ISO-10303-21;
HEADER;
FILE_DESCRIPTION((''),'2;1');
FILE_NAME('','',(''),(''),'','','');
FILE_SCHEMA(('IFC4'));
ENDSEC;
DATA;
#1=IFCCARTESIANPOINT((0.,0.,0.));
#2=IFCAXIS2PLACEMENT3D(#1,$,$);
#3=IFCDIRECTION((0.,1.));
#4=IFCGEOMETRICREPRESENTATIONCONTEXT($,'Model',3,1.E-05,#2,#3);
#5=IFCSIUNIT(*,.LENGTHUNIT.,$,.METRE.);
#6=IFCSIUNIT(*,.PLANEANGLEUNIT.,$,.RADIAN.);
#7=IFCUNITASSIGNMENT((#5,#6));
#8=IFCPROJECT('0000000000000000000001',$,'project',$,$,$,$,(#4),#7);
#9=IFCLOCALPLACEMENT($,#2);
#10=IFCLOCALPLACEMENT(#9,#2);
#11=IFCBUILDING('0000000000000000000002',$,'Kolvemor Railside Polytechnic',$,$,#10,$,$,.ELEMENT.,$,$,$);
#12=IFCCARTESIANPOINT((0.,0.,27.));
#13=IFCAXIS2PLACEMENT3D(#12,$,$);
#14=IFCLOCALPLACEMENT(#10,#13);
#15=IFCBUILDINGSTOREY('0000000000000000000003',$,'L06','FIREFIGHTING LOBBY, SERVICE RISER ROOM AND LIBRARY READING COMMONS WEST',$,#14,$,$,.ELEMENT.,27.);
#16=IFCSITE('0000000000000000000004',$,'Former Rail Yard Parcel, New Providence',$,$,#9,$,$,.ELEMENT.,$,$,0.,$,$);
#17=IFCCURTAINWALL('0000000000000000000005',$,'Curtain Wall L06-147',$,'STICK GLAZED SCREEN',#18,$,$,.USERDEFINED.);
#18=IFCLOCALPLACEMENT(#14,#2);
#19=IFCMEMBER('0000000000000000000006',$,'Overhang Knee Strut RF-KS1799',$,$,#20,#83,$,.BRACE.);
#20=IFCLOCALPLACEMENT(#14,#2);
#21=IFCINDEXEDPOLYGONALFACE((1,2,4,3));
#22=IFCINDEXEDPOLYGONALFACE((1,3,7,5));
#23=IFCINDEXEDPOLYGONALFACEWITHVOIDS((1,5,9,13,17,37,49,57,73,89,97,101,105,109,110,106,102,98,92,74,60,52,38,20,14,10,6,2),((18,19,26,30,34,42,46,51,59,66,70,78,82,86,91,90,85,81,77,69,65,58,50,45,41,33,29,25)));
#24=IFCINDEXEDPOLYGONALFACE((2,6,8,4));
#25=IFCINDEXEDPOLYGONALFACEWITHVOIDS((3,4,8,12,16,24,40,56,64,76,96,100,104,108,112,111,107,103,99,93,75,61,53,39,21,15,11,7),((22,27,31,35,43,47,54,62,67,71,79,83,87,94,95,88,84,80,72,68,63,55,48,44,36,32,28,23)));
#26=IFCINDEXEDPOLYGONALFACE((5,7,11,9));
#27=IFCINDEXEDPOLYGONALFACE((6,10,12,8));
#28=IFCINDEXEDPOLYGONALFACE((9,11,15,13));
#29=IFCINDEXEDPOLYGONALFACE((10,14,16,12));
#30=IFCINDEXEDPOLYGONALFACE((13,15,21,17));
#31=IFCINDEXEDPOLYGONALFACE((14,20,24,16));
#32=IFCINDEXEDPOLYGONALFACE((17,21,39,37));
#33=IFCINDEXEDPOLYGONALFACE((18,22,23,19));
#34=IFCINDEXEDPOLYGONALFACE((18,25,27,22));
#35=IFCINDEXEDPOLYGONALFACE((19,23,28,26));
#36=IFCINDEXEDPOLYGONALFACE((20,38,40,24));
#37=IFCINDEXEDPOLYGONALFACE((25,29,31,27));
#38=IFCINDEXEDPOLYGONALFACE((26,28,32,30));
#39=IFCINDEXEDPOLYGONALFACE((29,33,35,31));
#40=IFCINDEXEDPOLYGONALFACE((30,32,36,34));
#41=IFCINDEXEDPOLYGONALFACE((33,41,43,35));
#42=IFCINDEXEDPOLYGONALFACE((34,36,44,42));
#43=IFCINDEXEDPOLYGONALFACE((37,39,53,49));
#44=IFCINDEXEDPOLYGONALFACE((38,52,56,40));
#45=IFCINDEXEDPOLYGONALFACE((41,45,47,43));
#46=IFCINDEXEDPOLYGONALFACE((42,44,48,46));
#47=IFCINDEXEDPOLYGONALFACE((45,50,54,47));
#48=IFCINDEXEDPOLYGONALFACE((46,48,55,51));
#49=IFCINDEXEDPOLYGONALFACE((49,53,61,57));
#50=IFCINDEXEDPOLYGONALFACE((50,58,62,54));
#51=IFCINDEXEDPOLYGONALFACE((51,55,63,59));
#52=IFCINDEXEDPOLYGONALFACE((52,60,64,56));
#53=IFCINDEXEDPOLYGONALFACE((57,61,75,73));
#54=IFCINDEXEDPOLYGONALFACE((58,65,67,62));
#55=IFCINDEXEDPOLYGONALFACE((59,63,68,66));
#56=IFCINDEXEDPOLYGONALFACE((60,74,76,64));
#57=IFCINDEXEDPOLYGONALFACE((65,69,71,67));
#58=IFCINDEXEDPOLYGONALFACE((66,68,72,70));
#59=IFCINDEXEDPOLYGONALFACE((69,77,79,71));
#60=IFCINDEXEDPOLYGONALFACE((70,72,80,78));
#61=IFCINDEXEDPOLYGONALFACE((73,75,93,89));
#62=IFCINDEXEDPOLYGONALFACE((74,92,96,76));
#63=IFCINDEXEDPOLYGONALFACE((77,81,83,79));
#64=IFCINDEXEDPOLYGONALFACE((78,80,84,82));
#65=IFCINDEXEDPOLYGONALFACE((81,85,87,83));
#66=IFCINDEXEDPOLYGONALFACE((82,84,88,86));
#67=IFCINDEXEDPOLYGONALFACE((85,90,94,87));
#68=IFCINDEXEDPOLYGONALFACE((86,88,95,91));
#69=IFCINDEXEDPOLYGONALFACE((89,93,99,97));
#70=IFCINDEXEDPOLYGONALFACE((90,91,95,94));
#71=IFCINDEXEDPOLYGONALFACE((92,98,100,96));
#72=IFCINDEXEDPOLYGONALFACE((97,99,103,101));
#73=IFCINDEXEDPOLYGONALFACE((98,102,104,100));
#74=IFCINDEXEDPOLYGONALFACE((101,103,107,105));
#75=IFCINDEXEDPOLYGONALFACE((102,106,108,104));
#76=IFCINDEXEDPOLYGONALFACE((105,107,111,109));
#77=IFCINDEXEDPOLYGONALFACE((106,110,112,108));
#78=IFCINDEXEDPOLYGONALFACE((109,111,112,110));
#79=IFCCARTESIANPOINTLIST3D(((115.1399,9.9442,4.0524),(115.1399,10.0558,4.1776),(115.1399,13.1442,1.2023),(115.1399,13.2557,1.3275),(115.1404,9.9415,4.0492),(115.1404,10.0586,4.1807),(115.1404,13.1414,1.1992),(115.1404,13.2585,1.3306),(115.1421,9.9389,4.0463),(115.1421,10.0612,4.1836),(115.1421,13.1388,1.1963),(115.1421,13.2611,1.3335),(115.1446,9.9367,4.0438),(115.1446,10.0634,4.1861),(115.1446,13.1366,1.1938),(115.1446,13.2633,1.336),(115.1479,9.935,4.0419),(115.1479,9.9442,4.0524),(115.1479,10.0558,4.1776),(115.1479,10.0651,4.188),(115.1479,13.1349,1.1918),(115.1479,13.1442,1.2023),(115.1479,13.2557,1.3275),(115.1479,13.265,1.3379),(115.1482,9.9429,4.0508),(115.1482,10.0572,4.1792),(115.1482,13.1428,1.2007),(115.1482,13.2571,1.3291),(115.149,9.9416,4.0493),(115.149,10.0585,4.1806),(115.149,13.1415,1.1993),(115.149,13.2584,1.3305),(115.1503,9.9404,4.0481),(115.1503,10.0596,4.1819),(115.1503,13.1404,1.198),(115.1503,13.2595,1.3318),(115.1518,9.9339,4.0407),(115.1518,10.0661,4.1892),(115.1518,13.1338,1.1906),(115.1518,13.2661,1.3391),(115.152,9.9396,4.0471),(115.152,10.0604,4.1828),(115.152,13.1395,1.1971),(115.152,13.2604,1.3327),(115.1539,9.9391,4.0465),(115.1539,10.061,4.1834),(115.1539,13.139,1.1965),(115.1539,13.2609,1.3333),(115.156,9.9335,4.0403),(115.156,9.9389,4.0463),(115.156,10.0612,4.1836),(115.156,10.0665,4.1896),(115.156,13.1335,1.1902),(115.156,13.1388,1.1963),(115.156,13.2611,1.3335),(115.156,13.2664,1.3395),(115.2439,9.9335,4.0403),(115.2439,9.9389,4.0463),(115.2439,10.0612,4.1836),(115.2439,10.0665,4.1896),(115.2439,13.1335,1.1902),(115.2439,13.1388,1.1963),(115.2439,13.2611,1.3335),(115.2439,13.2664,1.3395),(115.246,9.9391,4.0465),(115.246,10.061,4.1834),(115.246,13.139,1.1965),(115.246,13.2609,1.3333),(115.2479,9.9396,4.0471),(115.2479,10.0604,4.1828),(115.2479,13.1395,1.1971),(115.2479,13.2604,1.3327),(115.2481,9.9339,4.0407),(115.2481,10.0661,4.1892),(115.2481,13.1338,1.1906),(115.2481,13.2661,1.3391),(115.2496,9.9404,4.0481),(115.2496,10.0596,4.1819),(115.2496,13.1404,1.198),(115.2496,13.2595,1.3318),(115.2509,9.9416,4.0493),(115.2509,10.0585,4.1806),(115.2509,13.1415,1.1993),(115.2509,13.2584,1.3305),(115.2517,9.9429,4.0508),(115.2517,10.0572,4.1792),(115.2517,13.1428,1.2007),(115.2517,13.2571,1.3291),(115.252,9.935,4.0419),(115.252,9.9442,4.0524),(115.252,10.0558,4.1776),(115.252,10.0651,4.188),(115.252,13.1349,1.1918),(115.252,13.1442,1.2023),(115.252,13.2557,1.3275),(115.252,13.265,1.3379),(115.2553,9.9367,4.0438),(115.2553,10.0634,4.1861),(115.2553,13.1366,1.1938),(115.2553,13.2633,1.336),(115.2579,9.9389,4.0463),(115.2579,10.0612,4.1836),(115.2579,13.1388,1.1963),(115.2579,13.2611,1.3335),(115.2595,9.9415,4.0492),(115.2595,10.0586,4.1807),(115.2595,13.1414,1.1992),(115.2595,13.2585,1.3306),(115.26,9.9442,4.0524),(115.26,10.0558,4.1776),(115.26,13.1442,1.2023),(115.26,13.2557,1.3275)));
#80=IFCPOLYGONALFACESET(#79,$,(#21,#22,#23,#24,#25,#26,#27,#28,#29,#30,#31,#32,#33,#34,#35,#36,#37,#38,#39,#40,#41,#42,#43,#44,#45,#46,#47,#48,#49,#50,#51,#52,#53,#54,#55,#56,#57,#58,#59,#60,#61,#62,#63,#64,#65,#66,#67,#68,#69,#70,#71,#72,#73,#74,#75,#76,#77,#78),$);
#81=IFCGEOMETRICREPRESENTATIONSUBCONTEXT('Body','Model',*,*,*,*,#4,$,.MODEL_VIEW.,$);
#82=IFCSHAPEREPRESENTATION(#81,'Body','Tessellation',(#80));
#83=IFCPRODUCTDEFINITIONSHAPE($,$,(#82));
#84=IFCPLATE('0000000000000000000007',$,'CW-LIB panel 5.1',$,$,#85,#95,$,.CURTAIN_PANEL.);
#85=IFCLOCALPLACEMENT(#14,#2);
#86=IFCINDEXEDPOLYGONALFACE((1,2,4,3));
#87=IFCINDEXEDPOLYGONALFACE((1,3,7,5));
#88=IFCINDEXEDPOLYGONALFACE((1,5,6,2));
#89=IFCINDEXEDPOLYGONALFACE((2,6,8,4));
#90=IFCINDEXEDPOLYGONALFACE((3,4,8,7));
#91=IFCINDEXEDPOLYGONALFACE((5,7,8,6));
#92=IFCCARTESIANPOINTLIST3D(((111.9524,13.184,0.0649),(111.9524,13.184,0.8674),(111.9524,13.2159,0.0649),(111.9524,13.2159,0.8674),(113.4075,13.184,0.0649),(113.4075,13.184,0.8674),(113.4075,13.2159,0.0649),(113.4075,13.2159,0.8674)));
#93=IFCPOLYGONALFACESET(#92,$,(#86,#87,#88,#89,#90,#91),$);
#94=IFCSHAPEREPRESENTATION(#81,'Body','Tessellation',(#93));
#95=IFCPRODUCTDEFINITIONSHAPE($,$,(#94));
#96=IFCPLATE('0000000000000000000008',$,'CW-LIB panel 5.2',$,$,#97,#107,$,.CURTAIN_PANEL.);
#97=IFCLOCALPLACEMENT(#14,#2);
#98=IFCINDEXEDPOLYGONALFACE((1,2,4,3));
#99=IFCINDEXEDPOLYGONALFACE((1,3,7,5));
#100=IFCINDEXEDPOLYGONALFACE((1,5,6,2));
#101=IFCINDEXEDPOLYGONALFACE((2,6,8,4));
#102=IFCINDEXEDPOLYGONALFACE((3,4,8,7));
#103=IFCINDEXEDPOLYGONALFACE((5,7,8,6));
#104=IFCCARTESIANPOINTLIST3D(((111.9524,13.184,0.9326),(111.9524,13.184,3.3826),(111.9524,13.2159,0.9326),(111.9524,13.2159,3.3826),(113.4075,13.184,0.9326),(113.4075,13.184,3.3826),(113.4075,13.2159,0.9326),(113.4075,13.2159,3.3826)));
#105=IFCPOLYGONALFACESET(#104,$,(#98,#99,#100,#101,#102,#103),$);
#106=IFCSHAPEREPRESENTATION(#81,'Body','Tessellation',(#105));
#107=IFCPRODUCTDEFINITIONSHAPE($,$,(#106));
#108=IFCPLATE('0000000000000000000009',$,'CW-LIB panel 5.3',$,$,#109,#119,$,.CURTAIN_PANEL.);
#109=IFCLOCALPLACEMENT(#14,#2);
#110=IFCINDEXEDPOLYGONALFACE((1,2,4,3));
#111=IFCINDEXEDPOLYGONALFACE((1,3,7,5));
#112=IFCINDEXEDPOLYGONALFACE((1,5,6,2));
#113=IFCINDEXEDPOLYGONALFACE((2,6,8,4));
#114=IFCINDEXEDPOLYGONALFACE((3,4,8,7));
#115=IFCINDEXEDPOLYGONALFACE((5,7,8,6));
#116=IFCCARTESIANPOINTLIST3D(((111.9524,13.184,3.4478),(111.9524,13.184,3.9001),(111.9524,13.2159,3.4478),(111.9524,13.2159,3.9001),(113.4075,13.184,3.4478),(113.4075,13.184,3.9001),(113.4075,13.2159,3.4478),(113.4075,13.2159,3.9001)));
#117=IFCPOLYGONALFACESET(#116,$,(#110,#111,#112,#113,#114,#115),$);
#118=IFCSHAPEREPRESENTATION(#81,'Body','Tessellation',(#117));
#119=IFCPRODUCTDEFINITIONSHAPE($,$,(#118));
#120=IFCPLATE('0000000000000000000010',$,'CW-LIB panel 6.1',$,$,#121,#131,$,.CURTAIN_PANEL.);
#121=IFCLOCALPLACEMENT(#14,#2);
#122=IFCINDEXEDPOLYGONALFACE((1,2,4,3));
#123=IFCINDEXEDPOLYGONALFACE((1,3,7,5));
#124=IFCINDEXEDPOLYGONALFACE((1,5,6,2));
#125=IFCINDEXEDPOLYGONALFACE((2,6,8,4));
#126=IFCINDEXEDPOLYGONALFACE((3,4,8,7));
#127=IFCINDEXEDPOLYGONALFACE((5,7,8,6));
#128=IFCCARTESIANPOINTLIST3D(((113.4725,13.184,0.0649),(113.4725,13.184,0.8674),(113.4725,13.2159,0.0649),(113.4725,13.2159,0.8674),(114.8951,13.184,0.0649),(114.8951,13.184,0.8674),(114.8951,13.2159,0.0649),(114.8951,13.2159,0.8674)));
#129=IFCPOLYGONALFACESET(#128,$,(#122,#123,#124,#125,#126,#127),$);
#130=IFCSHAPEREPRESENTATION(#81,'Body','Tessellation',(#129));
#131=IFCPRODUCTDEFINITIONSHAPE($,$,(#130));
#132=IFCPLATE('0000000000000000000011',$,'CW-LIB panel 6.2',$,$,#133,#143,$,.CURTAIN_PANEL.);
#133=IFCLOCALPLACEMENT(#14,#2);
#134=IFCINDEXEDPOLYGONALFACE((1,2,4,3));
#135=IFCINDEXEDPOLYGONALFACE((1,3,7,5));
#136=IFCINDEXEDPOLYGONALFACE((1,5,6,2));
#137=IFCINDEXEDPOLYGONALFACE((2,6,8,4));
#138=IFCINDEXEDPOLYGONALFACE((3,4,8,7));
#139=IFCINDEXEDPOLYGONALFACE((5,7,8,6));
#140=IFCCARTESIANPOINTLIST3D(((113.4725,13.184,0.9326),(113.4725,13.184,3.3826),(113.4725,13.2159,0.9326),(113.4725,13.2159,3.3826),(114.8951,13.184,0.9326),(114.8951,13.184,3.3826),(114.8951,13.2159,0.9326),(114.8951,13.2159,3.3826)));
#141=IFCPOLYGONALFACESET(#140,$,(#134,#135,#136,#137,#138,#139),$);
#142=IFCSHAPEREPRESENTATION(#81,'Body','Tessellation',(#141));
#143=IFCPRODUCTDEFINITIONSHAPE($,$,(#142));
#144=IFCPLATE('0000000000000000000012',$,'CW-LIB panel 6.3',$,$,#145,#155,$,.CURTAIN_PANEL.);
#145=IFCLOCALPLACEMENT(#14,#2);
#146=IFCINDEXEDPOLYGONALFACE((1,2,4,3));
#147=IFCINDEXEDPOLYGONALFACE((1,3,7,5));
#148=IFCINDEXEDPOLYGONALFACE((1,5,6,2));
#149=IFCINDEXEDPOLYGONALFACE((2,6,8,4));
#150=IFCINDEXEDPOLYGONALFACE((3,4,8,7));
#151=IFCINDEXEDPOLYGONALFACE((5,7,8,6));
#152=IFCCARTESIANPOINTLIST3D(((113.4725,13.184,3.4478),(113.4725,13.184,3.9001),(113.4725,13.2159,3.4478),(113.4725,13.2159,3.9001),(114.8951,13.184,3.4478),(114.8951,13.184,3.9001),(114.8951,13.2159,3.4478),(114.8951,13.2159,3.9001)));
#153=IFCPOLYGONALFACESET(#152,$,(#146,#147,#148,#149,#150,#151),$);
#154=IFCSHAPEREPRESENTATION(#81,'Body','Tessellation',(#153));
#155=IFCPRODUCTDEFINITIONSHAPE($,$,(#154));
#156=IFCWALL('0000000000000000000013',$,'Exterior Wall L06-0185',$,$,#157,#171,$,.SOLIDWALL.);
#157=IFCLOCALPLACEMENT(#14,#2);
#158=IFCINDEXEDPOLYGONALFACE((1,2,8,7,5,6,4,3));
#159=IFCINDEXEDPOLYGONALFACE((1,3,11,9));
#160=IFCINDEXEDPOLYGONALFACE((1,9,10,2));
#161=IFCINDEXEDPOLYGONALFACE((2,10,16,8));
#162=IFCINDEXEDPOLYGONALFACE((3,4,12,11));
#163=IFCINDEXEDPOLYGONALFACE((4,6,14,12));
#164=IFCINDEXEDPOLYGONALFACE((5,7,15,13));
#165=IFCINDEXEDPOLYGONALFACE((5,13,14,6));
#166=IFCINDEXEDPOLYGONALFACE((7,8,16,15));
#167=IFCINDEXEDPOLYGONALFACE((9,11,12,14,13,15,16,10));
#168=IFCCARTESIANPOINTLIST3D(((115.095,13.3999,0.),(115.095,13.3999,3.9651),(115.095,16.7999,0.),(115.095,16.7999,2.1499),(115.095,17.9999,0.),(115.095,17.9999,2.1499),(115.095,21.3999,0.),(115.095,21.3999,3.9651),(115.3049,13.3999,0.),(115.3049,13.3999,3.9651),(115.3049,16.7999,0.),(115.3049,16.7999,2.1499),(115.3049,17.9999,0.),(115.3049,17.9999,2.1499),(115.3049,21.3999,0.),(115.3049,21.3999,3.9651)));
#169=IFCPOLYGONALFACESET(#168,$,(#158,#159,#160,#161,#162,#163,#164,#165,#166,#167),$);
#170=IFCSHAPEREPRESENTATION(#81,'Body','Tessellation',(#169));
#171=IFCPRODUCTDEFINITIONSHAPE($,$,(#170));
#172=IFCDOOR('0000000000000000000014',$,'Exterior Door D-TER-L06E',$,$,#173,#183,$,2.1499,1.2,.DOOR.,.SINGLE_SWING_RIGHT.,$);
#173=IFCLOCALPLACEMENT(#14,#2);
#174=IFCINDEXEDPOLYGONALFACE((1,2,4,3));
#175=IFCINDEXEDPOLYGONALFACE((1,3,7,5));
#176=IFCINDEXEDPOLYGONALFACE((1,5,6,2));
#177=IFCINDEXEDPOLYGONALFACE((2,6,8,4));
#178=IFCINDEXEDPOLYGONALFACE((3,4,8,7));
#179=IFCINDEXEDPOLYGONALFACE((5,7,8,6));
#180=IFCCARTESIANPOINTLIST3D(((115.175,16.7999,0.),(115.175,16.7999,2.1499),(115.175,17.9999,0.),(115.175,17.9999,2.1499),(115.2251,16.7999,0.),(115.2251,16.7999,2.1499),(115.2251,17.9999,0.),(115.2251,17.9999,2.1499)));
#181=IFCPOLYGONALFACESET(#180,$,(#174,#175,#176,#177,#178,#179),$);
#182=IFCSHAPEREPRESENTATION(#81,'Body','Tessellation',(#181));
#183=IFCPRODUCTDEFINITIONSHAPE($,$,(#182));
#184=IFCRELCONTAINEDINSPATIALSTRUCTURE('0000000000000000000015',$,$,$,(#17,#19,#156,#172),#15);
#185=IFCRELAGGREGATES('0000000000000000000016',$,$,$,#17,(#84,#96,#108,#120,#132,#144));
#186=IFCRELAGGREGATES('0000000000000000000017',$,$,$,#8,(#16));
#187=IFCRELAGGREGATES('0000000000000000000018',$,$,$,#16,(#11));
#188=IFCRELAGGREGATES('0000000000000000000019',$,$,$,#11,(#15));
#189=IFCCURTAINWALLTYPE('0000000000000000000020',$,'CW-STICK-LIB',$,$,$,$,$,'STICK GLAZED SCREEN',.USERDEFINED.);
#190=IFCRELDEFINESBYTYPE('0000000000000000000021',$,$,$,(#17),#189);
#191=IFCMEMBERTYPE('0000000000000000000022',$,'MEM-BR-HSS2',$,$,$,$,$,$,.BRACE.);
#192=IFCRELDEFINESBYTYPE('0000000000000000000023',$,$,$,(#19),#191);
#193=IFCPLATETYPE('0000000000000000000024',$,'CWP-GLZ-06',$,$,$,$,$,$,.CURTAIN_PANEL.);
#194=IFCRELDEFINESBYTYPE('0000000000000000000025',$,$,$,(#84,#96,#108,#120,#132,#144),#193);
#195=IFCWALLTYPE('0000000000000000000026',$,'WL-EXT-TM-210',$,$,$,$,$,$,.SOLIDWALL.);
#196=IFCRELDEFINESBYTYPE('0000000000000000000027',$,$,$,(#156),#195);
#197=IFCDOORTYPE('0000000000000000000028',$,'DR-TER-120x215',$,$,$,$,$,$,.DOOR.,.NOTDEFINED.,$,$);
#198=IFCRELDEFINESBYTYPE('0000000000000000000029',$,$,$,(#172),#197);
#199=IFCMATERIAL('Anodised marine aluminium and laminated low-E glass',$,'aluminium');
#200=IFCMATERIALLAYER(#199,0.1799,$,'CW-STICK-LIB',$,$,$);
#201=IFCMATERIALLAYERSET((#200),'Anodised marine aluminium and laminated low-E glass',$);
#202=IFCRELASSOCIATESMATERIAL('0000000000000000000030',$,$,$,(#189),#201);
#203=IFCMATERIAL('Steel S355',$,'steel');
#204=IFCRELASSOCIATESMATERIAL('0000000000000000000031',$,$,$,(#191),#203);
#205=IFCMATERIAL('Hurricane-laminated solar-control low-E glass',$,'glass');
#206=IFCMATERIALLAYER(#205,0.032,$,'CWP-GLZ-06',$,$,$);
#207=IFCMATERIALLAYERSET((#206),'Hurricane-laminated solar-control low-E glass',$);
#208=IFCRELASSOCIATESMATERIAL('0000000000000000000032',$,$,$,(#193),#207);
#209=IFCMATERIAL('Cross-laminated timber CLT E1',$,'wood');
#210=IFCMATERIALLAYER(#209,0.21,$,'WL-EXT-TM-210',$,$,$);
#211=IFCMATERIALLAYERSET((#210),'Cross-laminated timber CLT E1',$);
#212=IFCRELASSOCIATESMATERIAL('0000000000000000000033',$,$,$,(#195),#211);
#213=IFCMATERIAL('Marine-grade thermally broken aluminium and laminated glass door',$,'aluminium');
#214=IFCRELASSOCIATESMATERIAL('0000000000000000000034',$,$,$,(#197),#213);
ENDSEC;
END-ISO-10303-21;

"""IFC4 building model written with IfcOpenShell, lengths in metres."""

from ifc_helpers import new_model, si_unit, direction, frame, frame_2d, origin, origin_2d, place, context, subcontext, project, spatial, rectangle, hollow_rectangle, extrude, material, layer, layer_set, material_profile, profile_set, type_object, element, fill, aggregate, save


model = new_model("IFC4")

# Units and contexts
model_context = context("Model", 3, precision=1e-05, world=origin(), true_north=direction((0.0, 1.0)))
body_context = subcontext(model_context, "Body", "Model", "MODEL_VIEW")
ifc_project = project(units=[si_unit("LENGTHUNIT", "METRE"), si_unit("PLANEANGLEUNIT", "RADIAN")], contexts=[model_context])

# Site, building, storey
site_placement = place(None, origin())
site = spatial("IfcSite", under=ifc_project, at=site_placement, Name="Former Rail Yard Parcel, New Providence", CompositionType="ELEMENT", RefElevation=0.0)
building_placement = place(site_placement, origin())
building = spatial("IfcBuilding", under=site, at=building_placement, Name="Kolvemor Railside Polytechnic", CompositionType="ELEMENT")
storey_placement = place(building_placement, frame((0.0, 0.0, 27.0)))
storey = spatial("IfcBuildingStorey", under=building, at=storey_placement, Name="L06", Description="FIREFIGHTING LOBBY, SERVICE RISER ROOM AND LIBRARY READING COMMONS WEST", CompositionType="ELEMENT", Elevation=27.0)

# Curtain wall
ifc_material_1 = material(Name="Anodised marine aluminium and laminated low-E glass", Category="aluminium")
ifc_layer_1 = layer(ifc_material_1, 0.1799, Name="CW-STICK-LIB")
ifc_layer_set_1 = layer_set([ifc_layer_1], Name="Anodised marine aluminium and laminated low-E glass")
curtain_wall_type = type_object("IfcCurtainWallType", Name="CW-STICK-LIB", ElementType="STICK GLAZED SCREEN", PredefinedType="USERDEFINED", material=ifc_layer_set_1)
curtain_wall_1_placement = place(storey_placement, origin())
curtain_wall_1 = element("IfcCurtainWall", 1, at=curtain_wall_1_placement, inside=storey, type_object=curtain_wall_type, Name="Curtain Wall L06-147", ObjectType="STICK GLAZED SCREEN", PredefinedType="USERDEFINED")

# Member
ifc_material_2 = material(Name="Steel S355", Category="steel")
ifc_material_profile_1 = material_profile(ifc_material_2, hollow_rectangle(XDim=0.1201, YDim=0.2, WallThickness=0.0081, InnerFilletRadius=0.0081, OuterFilletRadius=0.0161, at=origin_2d()), Name="HSS200x120x8")
ifc_profile_set_1 = profile_set([ifc_material_profile_1], Name="Steel S355")
member_type_1 = type_object("IfcMemberType", Name="MEM-BR-HSS2", PredefinedType="BRACE", material=ifc_profile_set_1)
member_1_placement = place(storey_placement, frame((115.2, 13.2, 1.2649), z_axis=(0.0, -0.746749, 0.665106), x_axis=(1.0, 0.0, 0.0)))
element("IfcMember", 2, at=member_1_placement, inside=storey, type_object=member_type_1, Name="Overhang Knee Strut RF-KS1799", PredefinedType="BRACE", context=body_context, shape_type="SweptSolid", body=[
    extrude(hollow_rectangle(XDim=0.1201, YDim=0.2, WallThickness=0.0081, InnerFilletRadius=0.0081, OuterFilletRadius=0.0161, at=origin_2d()), origin(), (0.0, 0.0, 1.0), 4.2852),
])

# Plates
ifc_material_3 = material(Name="Hurricane-laminated solar-control low-E glass", Category="glass")
ifc_layer_2 = layer(ifc_material_3, 0.032, Name="CWP-GLZ-06")
ifc_layer_set_2 = layer_set([ifc_layer_2], Name="Hurricane-laminated solar-control low-E glass")
plate_type = type_object("IfcPlateType", Name="CWP-GLZ-06", PredefinedType="CURTAIN_PANEL", material=ifc_layer_set_2)
plate_1_placement = place(storey_placement, frame((112.6799, 13.2, 0.0649), z_axis=(0.0, 0.0, 1.0), x_axis=(1.0, 0.0, 0.0)))
plate_1 = element("IfcPlate", 3, at=plate_1_placement, type_object=plate_type, Name="CW-LIB panel 5.1", PredefinedType="CURTAIN_PANEL", context=body_context, shape_type="SweptSolid", body=[
    extrude(rectangle(XDim=1.4551, YDim=0.032, at=origin_2d()), origin(), (0.0, 0.0, 1.0), 0.8025),
])
plate_2_placement = place(storey_placement, frame((112.6799, 13.2, 0.9326), z_axis=(0.0, 0.0, 1.0), x_axis=(1.0, 0.0, 0.0)))
plate_2 = element("IfcPlate", 4, at=plate_2_placement, type_object=plate_type, Name="CW-LIB panel 5.2", PredefinedType="CURTAIN_PANEL", context=body_context, shape_type="SweptSolid", body=[
    extrude(rectangle(XDim=1.4551, YDim=0.032, at=origin_2d()), origin(), (0.0, 0.0, 1.0), 2.45),
])
plate_3_placement = place(storey_placement, frame((112.6799, 13.2, 3.4478), z_axis=(0.0, 0.0, 1.0), x_axis=(1.0, 0.0, 0.0)))
plate_3 = element("IfcPlate", 5, at=plate_3_placement, type_object=plate_type, Name="CW-LIB panel 5.3", PredefinedType="CURTAIN_PANEL", context=body_context, shape_type="SweptSolid", body=[
    extrude(rectangle(XDim=1.4551, YDim=0.032, at=origin_2d()), origin(), (0.0, 0.0, 1.0), 0.4524),
])
plate_4_placement = place(storey_placement, frame((114.1838, 13.2, 0.0649), z_axis=(0.0, 0.0, 1.0), x_axis=(1.0, 0.0, 0.0)))
plate_4 = element("IfcPlate", 6, at=plate_4_placement, type_object=plate_type, Name="CW-LIB panel 6.1", PredefinedType="CURTAIN_PANEL", context=body_context, shape_type="SweptSolid", body=[
    extrude(rectangle(XDim=1.4226, YDim=0.032, at=origin_2d()), origin(), (0.0, 0.0, 1.0), 0.8025),
])
plate_5_placement = place(storey_placement, frame((114.1838, 13.2, 0.9326), z_axis=(0.0, 0.0, 1.0), x_axis=(1.0, 0.0, 0.0)))
plate_5 = element("IfcPlate", 7, at=plate_5_placement, type_object=plate_type, Name="CW-LIB panel 6.2", PredefinedType="CURTAIN_PANEL", context=body_context, shape_type="SweptSolid", body=[
    extrude(rectangle(XDim=1.4226, YDim=0.032, at=origin_2d()), origin(), (0.0, 0.0, 1.0), 2.45),
])
plate_6_placement = place(storey_placement, frame((114.1838, 13.2, 3.4478), z_axis=(0.0, 0.0, 1.0), x_axis=(1.0, 0.0, 0.0)))
plate_6 = element("IfcPlate", 8, at=plate_6_placement, type_object=plate_type, Name="CW-LIB panel 6.3", PredefinedType="CURTAIN_PANEL", context=body_context, shape_type="SweptSolid", body=[
    extrude(rectangle(XDim=1.4226, YDim=0.032, at=origin_2d()), origin(), (0.0, 0.0, 1.0), 0.4524),
])
aggregate(curtain_wall_1, [plate_1, plate_2, plate_3, plate_4, plate_5, plate_6])

# Wall, opening, door
ifc_material_4 = material(Name="Cross-laminated timber CLT E1", Category="wood")
ifc_layer_3 = layer(ifc_material_4, 0.21, Name="WL-EXT-TM-210")
ifc_layer_set_3 = layer_set([ifc_layer_3], Name="Cross-laminated timber CLT E1")
wall_type_1 = type_object("IfcWallType", Name="WL-EXT-TM-210", PredefinedType="SOLIDWALL", material=ifc_layer_set_3)
wall_1_placement = place(storey_placement, frame((115.2, 13.3999, 0.0), z_axis=(0.0, 0.0, 1.0), x_axis=(0.0, 1.0, 0.0)))
wall_1 = element("IfcWall", 9, at=wall_1_placement, inside=storey, type_object=wall_type_1, Name="Exterior Wall L06-0185", PredefinedType="SOLIDWALL", context=body_context, shape_type="SweptSolid", body=[
    extrude(rectangle(XDim=8.0, YDim=0.21, at=frame_2d((4.0, 0.0))), origin(), (0.0, 0.0, 1.0), 3.9651),
])
opening_1_placement = place(wall_1_placement, frame((3.3999, 0.0, 0.0)))
opening_1 = element("IfcOpeningElement", 10, at=opening_1_placement, cuts=wall_1, PredefinedType="OPENING", context=body_context, shape_type="SweptSolid", body=[
    extrude(rectangle(XDim=1.2, YDim=2.1499, at=frame_2d((0.6001, 1.075))), frame((0.0, 0.115, 0.0), z_axis=(0.0, -1.0, 0.0), x_axis=(1.0, 0.0, 0.0)), (0.0, 0.0, 1.0), 0.23),
])
ifc_material_5 = material(Name="Marine-grade thermally broken aluminium and laminated glass door", Category="aluminium")
door_type_1 = type_object("IfcDoorType", Name="DR-TER-120x215", OperationType="NOTDEFINED", PredefinedType="DOOR", material=ifc_material_5)
door_1_placement = place(opening_1_placement, origin())
door_1 = element("IfcDoor", 11, at=door_1_placement, inside=storey, type_object=door_type_1, Name="Exterior Door D-TER-L06E", OperationType="SINGLE_SWING_RIGHT", OverallHeight=2.1499, OverallWidth=1.2, PredefinedType="DOOR", context=body_context, shape_type="SweptSolid", body=[
    extrude(rectangle(XDim=1.2, YDim=2.1499, at=frame_2d((0.6001, 1.075))), frame((0.0, 0.0249, 0.0), z_axis=(0.0, -1.0, 0.0), x_axis=(1.0, 0.0, 0.0)), (0.0, 0.0, 1.0), 0.05),
])
fill(opening_1, door_1)

save(model, "model.ifc")
